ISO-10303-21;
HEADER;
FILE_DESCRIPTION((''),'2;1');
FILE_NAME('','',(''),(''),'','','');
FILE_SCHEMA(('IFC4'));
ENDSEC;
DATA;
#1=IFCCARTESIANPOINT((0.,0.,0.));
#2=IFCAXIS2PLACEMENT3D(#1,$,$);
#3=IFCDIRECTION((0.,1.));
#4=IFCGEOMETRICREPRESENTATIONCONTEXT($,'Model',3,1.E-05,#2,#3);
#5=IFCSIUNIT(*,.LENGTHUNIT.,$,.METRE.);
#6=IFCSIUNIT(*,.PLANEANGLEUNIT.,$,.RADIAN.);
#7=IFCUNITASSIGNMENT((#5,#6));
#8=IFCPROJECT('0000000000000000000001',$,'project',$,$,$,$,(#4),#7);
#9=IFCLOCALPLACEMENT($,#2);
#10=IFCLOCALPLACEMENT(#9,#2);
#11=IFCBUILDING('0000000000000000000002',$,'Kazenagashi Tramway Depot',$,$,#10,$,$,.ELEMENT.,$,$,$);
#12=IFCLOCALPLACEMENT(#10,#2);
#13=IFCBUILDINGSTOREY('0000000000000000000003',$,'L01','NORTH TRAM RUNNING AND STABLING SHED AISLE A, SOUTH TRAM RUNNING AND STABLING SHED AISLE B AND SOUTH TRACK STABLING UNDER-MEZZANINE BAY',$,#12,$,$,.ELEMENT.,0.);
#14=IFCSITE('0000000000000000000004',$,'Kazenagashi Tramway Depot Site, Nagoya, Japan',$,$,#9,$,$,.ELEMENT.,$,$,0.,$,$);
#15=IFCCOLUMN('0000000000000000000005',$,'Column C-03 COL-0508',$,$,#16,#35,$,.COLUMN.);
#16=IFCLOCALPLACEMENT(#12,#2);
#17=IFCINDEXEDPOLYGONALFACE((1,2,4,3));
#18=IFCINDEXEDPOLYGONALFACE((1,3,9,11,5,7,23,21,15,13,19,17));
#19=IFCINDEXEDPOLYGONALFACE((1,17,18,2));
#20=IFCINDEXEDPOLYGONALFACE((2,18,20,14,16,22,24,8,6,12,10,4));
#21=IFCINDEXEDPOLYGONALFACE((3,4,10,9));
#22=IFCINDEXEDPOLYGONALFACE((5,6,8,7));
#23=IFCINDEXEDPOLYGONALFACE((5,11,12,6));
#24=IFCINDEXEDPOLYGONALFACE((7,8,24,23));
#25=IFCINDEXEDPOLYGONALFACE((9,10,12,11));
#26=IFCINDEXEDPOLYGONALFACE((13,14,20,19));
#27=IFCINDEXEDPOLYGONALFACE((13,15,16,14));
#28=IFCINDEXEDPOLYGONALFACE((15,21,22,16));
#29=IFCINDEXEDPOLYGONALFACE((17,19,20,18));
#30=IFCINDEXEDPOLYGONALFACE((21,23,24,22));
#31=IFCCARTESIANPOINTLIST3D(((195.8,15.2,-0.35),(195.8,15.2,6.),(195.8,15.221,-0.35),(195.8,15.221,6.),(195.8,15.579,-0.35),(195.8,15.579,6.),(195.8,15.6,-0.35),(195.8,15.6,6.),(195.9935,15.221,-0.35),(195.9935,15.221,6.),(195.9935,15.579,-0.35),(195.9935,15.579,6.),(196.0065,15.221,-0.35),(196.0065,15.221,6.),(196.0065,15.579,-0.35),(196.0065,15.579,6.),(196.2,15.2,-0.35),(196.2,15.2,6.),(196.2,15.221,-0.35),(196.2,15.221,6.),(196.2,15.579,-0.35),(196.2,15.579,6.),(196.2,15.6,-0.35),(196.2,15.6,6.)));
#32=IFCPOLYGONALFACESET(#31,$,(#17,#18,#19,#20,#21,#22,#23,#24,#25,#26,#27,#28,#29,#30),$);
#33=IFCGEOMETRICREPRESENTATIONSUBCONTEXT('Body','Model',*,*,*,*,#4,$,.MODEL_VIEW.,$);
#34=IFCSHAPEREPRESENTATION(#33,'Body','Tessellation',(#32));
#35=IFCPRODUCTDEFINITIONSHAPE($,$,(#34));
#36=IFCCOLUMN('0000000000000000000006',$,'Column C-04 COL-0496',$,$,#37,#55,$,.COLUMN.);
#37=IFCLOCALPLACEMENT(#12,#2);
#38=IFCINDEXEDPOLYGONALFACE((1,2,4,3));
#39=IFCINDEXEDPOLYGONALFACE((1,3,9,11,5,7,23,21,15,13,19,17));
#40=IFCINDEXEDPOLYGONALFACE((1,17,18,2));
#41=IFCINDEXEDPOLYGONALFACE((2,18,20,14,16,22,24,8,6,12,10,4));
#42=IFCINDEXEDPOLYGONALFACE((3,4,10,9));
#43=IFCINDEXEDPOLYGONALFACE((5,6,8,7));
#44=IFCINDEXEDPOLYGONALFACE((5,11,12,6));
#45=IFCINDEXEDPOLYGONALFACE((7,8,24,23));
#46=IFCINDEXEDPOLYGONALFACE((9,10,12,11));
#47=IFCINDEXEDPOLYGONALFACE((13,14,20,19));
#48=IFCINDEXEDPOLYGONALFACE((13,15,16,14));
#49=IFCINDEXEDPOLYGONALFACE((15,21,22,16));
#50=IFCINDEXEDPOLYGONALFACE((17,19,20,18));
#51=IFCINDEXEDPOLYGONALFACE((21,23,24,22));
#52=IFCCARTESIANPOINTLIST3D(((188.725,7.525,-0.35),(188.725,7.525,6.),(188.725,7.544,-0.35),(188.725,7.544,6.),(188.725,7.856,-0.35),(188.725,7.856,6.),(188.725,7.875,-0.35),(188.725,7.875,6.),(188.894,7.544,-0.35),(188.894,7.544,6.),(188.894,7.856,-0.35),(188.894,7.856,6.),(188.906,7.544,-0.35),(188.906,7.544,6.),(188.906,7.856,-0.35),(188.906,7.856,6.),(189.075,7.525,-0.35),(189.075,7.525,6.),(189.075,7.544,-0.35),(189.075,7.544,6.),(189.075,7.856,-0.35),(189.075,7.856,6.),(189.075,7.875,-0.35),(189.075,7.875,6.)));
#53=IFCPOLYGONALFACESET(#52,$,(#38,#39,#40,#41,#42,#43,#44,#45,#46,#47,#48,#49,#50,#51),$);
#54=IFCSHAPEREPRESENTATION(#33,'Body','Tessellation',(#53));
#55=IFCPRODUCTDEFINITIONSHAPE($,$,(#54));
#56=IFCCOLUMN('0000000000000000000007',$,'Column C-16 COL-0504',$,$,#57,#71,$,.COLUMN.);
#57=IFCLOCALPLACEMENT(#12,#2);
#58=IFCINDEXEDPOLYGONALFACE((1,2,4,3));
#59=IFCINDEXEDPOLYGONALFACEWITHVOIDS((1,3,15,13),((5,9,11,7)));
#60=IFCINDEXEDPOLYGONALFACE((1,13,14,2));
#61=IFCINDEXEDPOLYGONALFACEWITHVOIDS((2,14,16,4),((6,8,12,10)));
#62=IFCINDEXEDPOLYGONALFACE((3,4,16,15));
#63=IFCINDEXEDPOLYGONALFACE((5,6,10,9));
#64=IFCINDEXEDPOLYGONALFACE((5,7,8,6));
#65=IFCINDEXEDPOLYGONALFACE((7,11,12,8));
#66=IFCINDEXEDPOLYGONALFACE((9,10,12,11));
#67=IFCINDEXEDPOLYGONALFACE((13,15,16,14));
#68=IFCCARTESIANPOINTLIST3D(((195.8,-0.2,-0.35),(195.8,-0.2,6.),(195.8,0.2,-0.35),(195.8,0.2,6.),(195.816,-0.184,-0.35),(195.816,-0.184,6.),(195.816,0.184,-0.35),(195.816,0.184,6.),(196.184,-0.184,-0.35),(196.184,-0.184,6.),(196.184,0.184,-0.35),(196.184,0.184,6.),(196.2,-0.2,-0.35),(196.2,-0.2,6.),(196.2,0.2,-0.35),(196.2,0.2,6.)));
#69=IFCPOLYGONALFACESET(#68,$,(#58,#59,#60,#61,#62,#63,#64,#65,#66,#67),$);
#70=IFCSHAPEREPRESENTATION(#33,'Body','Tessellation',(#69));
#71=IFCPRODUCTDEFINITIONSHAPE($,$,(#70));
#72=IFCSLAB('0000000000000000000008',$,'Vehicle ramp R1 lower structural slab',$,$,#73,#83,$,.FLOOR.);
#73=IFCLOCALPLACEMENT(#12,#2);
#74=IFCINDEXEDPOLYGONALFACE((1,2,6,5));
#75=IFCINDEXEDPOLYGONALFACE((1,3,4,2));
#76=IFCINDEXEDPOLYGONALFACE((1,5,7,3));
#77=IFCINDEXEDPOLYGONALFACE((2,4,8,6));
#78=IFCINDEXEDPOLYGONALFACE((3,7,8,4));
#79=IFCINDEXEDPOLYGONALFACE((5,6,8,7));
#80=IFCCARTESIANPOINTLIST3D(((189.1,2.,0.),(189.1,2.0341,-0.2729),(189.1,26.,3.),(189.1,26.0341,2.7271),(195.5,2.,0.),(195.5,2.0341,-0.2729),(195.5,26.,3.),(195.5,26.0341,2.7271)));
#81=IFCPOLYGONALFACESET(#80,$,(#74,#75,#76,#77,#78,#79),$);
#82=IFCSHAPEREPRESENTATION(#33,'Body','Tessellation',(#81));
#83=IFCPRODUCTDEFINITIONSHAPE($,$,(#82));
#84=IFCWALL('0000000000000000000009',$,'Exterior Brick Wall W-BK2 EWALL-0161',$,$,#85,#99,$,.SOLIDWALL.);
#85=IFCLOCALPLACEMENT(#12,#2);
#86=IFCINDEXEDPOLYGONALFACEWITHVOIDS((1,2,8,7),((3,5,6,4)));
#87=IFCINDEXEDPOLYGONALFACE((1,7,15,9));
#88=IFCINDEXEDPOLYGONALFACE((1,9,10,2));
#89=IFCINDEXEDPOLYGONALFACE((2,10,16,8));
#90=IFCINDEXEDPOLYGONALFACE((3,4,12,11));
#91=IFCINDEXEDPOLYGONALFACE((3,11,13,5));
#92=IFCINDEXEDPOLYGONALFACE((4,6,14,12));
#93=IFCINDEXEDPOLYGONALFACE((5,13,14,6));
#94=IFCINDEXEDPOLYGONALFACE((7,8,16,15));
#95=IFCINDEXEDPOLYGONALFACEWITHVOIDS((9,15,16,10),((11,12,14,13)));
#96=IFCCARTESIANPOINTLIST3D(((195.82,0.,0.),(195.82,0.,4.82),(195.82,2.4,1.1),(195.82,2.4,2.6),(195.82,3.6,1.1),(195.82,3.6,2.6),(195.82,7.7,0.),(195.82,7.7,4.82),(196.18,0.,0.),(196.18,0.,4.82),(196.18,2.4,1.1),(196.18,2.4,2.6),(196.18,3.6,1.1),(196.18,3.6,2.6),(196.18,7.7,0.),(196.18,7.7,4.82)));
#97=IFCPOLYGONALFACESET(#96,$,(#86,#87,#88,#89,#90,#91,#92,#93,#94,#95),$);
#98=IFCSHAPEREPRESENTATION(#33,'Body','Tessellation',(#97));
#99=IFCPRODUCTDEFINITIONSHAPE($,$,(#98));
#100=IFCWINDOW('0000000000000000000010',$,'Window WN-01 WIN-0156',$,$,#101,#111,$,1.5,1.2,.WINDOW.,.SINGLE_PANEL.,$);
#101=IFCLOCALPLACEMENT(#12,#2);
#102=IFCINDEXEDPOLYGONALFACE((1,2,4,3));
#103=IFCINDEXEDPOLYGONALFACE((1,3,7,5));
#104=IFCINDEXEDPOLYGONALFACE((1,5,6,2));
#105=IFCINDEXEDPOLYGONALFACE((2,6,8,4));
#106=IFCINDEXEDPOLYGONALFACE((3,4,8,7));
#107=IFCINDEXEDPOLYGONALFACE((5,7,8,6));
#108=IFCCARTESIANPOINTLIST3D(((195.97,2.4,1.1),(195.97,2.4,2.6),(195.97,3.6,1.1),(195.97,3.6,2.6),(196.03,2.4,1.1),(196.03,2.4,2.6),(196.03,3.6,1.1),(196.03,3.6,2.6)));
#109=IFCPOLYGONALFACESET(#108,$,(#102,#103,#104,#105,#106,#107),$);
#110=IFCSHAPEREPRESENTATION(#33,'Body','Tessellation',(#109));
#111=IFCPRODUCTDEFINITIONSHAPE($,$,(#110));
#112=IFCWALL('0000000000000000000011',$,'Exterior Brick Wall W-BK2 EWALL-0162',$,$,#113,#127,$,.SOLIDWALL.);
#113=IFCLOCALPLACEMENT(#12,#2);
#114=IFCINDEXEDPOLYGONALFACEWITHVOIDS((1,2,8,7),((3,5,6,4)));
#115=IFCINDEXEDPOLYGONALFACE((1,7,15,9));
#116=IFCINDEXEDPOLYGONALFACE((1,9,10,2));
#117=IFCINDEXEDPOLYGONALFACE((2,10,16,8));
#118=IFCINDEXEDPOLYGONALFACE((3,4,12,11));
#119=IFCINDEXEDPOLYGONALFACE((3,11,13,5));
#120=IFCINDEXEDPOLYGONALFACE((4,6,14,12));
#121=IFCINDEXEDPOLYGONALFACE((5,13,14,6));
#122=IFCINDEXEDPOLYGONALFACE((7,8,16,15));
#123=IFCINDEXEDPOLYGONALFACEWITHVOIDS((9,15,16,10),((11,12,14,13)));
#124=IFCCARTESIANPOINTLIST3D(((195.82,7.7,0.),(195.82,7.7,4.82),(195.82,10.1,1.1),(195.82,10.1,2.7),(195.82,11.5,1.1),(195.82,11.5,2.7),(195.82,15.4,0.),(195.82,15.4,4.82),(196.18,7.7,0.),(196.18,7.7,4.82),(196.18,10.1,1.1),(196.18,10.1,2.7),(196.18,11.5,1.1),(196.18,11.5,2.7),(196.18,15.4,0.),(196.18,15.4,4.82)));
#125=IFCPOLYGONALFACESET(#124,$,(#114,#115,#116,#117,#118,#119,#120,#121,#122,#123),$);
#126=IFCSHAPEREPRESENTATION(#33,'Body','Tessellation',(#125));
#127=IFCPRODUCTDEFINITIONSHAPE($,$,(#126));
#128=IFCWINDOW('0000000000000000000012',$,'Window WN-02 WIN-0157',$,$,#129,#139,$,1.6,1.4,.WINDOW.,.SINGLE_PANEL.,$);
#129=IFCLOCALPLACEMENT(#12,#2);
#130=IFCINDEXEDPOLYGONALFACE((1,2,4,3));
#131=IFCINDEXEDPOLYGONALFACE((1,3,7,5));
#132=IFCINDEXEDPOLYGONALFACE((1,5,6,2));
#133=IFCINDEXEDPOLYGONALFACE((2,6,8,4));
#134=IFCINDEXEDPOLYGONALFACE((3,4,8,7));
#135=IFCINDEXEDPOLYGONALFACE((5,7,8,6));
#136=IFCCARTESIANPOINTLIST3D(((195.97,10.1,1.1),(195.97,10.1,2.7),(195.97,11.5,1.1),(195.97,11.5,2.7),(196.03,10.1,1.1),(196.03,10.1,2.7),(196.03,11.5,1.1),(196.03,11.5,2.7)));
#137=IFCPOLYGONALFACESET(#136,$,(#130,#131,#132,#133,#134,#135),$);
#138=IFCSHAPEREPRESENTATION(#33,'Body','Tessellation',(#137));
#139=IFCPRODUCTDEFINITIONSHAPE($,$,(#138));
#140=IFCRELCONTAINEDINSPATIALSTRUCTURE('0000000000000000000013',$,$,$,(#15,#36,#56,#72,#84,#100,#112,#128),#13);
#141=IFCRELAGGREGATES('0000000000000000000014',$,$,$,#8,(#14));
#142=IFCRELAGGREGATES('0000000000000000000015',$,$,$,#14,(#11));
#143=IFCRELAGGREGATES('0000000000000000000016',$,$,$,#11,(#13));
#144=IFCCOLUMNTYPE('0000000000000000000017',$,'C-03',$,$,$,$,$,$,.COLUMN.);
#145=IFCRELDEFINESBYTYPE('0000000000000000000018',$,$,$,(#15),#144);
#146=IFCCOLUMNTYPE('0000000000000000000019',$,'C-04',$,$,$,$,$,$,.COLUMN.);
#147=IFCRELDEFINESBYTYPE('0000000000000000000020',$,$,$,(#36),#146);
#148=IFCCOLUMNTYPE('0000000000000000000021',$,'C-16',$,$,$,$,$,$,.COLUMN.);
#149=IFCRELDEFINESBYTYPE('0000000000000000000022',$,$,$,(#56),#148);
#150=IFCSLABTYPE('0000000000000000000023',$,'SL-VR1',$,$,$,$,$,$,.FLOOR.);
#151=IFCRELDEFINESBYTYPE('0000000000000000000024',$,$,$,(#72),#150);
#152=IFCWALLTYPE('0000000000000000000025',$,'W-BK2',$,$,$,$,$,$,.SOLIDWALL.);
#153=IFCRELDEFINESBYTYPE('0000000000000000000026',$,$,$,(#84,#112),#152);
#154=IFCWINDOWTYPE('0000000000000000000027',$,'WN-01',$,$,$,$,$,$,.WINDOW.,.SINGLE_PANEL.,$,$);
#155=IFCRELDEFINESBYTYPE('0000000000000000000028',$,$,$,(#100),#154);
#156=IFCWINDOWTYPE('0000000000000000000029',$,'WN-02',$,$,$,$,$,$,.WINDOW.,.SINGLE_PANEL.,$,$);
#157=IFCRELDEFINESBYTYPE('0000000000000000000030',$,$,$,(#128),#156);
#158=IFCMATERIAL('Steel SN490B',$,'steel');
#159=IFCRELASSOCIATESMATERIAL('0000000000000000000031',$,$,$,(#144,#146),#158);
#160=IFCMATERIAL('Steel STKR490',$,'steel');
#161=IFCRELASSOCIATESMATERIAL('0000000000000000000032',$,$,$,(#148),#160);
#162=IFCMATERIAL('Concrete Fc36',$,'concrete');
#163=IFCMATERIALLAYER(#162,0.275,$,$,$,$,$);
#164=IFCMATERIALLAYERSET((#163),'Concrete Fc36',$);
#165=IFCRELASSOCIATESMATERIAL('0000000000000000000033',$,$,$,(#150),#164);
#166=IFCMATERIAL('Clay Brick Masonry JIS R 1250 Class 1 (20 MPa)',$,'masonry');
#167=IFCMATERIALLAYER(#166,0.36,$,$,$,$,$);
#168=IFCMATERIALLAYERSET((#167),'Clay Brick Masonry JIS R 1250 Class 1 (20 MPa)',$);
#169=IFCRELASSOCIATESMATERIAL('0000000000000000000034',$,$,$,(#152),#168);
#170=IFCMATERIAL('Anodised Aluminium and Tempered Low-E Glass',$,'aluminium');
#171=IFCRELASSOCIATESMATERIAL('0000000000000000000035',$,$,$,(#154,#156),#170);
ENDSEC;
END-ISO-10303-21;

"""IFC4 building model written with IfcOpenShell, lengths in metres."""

from ifc_helpers import new_model, si_unit, direction, frame, frame_2d, origin, origin_2d, place, context, subcontext, project, spatial, polyline, rectangle, hollow_rectangle, i_section, outline, extrude, material, layer, layer_set, material_profile, profile_set, type_object, element, fill, save


model = new_model("IFC4")

# Units and contexts
model_context = context("Model", 3, precision=1e-05, world=origin(), true_north=direction((0.0, 1.0)))
body_context = subcontext(model_context, "Body", "Model", "MODEL_VIEW")
ifc_project = project(units=[si_unit("LENGTHUNIT", "METRE"), si_unit("PLANEANGLEUNIT", "RADIAN")], contexts=[model_context])

# Site, building, storey
site_placement = place(None, origin())
site = spatial("IfcSite", under=ifc_project, at=site_placement, Name="Kazenagashi Tramway Depot Site, Nagoya, Japan", CompositionType="ELEMENT", RefElevation=0.0)
building_placement = place(site_placement, origin())
building = spatial("IfcBuilding", under=site, at=building_placement, Name="Kazenagashi Tramway Depot", CompositionType="ELEMENT")
storey_placement = place(building_placement, origin())
storey = spatial("IfcBuildingStorey", under=building, at=storey_placement, Name="L01", Description="NORTH TRAM RUNNING AND STABLING SHED AISLE A, SOUTH TRAM RUNNING AND STABLING SHED AISLE B AND SOUTH TRACK STABLING UNDER-MEZZANINE BAY", CompositionType="ELEMENT", Elevation=0.0)

# Columns
ifc_material_1 = material(Name="Steel SN490B", Category="steel")
ifc_material_profile_1 = material_profile(ifc_material_1, i_section(OverallWidth=0.4, OverallDepth=0.4, WebThickness=0.013, FlangeThickness=0.021, at=origin_2d()), Name="H-400x400x13x21")
ifc_profile_set_1 = profile_set([ifc_material_profile_1], Name="Steel SN490B")
column_type_1 = type_object("IfcColumnType", Name="C-03", PredefinedType="COLUMN", material=ifc_profile_set_1)
for number, where, z_axis, x_axis, name in (
    (1, (196.0, 15.4, -0.35), (0.0, 0.0, 1.0), (1.0, 0.0, 0.0), "Column C-03 COL-0508"),
):
    element("IfcColumn", number, at=place(storey_placement, frame(where, z_axis=z_axis, x_axis=x_axis)), inside=storey, type_object=column_type_1, Name=name, PredefinedType="COLUMN", context=body_context, shape_type="SweptSolid", body=[
        extrude(i_section(OverallWidth=0.4, OverallDepth=0.4, WebThickness=0.013, FlangeThickness=0.021, at=origin_2d()), origin(), (0.0, 0.0, 1.0), 6.35),
    ])
ifc_material_profile_2 = material_profile(ifc_material_1, i_section(OverallWidth=0.35, OverallDepth=0.35, WebThickness=0.012, FlangeThickness=0.019, at=origin_2d()), Name="H-350x350x12x19")
ifc_profile_set_2 = profile_set([ifc_material_profile_2], Name="Steel SN490B")
column_type_2 = type_object("IfcColumnType", Name="C-04", PredefinedType="COLUMN", material=ifc_profile_set_2)
column_1_placement = place(storey_placement, frame((188.9, 7.7, -0.35), z_axis=(0.0, 0.0, 1.0), x_axis=(1.0, 0.0, 0.0)))
element("IfcColumn", 2, at=column_1_placement, inside=storey, type_object=column_type_2, Name="Column C-04 COL-0496", PredefinedType="COLUMN", context=body_context, shape_type="SweptSolid", body=[
    extrude(i_section(OverallWidth=0.35, OverallDepth=0.35, WebThickness=0.012, FlangeThickness=0.019, at=origin_2d()), origin(), (0.0, 0.0, 1.0), 6.35),
])
ifc_material_2 = material(Name="Steel STKR490", Category="steel")
ifc_material_profile_3 = material_profile(ifc_material_2, hollow_rectangle(XDim=0.4, YDim=0.4, WallThickness=0.016, at=origin_2d()), Name="SHS-400x400x16")
ifc_profile_set_3 = profile_set([ifc_material_profile_3], Name="Steel STKR490")
column_type_3 = type_object("IfcColumnType", Name="C-16", PredefinedType="COLUMN", material=ifc_profile_set_3)
column_2_placement = place(storey_placement, frame((196.0, 0.0, -0.35), z_axis=(0.0, 0.0, 1.0), x_axis=(1.0, 0.0, 0.0)))
element("IfcColumn", 3, at=column_2_placement, inside=storey, type_object=column_type_3, Name="Column C-16 COL-0504", PredefinedType="COLUMN", context=body_context, shape_type="SweptSolid", body=[
    extrude(hollow_rectangle(XDim=0.4, YDim=0.4, WallThickness=0.016, at=origin_2d()), origin(), (0.0, 0.0, 1.0), 6.35),
])

# Slab
ifc_material_3 = material(Name="Concrete Fc36", Category="concrete")
ifc_layer_1 = layer(ifc_material_3, 0.275)
ifc_layer_set_1 = layer_set([ifc_layer_1], Name="Concrete Fc36")
slab_type = type_object("IfcSlabType", Name="SL-VR1", PredefinedType="FLOOR", material=ifc_layer_set_1)
slab_placement = place(storey_placement, frame((189.1, 2.0, 0.0), z_axis=(0.0, -0.124035, 0.992278), x_axis=(1.0, 0.0, 0.0)))
element("IfcSlab", 4, at=slab_placement, inside=storey, type_object=slab_type, Name="Vehicle ramp R1 lower structural slab", PredefinedType="FLOOR", context=body_context, shape_type="SweptSolid", body=[
    extrude(outline(polyline([(0.0, 0.0), (6.4, 0.0), (6.4, 24.1868), (0.0, 24.1868), (0.0, 0.0)])), origin(), (0.0, 0.0, -1.0), 0.275),
])

# Walls, openings, windows
ifc_material_4 = material(Name="Clay Brick Masonry JIS R 1250 Class 1 (20 MPa)", Category="masonry")
ifc_layer_2 = layer(ifc_material_4, 0.36)
ifc_layer_set_2 = layer_set([ifc_layer_2], Name="Clay Brick Masonry JIS R 1250 Class 1 (20 MPa)")
wall_type_1 = type_object("IfcWallType", Name="W-BK2", PredefinedType="SOLIDWALL", material=ifc_layer_set_2)
wall_1_placement = place(storey_placement, frame((196.0, 0.0, 0.0), z_axis=(0.0, 0.0, 1.0), x_axis=(0.0, 1.0, 0.0)))
wall_1 = element("IfcWall", 5, at=wall_1_placement, inside=storey, type_object=wall_type_1, Name="Exterior Brick Wall W-BK2 EWALL-0161", PredefinedType="SOLIDWALL", context=body_context, shape_type="SweptSolid", body=[
    extrude(rectangle(XDim=7.7, YDim=0.36, at=frame_2d((3.85, 0.0))), origin(), (0.0, 0.0, 1.0), 4.82),
])
opening_1_placement = place(wall_1_placement, frame((2.4, 0.0, 1.1)))
opening_1 = element("IfcOpeningElement", 6, at=opening_1_placement, cuts=wall_1, PredefinedType="OPENING", context=body_context, shape_type="SweptSolid", body=[
    extrude(rectangle(XDim=1.2, YDim=1.5, at=frame_2d((0.6, 0.75))), frame((0.0, 0.19, 0.0), z_axis=(0.0, -1.0, 0.0), x_axis=(1.0, 0.0, 0.0)), (0.0, 0.0, 1.0), 0.38),
])
ifc_material_5 = material(Name="Anodised Aluminium and Tempered Low-E Glass", Category="aluminium")
window_type_1 = type_object("IfcWindowType", Name="WN-01", PartitioningType="SINGLE_PANEL", PredefinedType="WINDOW", material=ifc_material_5)
window_1_placement = place(opening_1_placement, origin())
window_1 = element("IfcWindow", 7, at=window_1_placement, inside=storey, type_object=window_type_1, Name="Window WN-01 WIN-0156", OverallHeight=1.5, OverallWidth=1.2, PartitioningType="SINGLE_PANEL", PredefinedType="WINDOW", context=body_context, shape_type="SweptSolid", body=[
    extrude(rectangle(XDim=1.2, YDim=1.5, at=frame_2d((0.6, 0.75))), frame((0.0, 0.03, 0.0), z_axis=(0.0, -1.0, 0.0), x_axis=(1.0, 0.0, 0.0)), (0.0, 0.0, 1.0), 0.06),
])
fill(opening_1, window_1)
wall_2_placement = place(storey_placement, frame((196.0, 7.7, 0.0), z_axis=(0.0, 0.0, 1.0), x_axis=(0.0, 1.0, 0.0)))
wall_2 = element("IfcWall", 8, at=wall_2_placement, inside=storey, type_object=wall_type_1, Name="Exterior Brick Wall W-BK2 EWALL-0162", PredefinedType="SOLIDWALL", context=body_context, shape_type="SweptSolid", body=[
    extrude(rectangle(XDim=7.7, YDim=0.36, at=frame_2d((3.85, 0.0))), origin(), (0.0, 0.0, 1.0), 4.82),
])
opening_2_placement = place(wall_2_placement, frame((2.4, 0.0, 1.1)))
opening_2 = element("IfcOpeningElement", 9, at=opening_2_placement, cuts=wall_2, PredefinedType="OPENING", context=body_context, shape_type="SweptSolid", body=[
    extrude(rectangle(XDim=1.4, YDim=1.6, at=frame_2d((0.7, 0.8))), frame((0.0, 0.19, 0.0), z_axis=(0.0, -1.0, 0.0), x_axis=(1.0, 0.0, 0.0)), (0.0, 0.0, 1.0), 0.38),
])
window_type_2 = type_object("IfcWindowType", Name="WN-02", PartitioningType="SINGLE_PANEL", PredefinedType="WINDOW", material=ifc_material_5)
window_2_placement = place(opening_2_placement, origin())
window_2 = element("IfcWindow", 10, at=window_2_placement, inside=storey, type_object=window_type_2, Name="Window WN-02 WIN-0157", OverallHeight=1.6, OverallWidth=1.4, PartitioningType="SINGLE_PANEL", PredefinedType="WINDOW", context=body_context, shape_type="SweptSolid", body=[
    extrude(rectangle(XDim=1.4, YDim=1.6, at=frame_2d((0.7, 0.8))), frame((0.0, 0.03, 0.0), z_axis=(0.0, -1.0, 0.0), x_axis=(1.0, 0.0, 0.0)), (0.0, 0.0, 1.0), 0.06),
])
fill(opening_2, window_2)

save(model, "model.ifc")
